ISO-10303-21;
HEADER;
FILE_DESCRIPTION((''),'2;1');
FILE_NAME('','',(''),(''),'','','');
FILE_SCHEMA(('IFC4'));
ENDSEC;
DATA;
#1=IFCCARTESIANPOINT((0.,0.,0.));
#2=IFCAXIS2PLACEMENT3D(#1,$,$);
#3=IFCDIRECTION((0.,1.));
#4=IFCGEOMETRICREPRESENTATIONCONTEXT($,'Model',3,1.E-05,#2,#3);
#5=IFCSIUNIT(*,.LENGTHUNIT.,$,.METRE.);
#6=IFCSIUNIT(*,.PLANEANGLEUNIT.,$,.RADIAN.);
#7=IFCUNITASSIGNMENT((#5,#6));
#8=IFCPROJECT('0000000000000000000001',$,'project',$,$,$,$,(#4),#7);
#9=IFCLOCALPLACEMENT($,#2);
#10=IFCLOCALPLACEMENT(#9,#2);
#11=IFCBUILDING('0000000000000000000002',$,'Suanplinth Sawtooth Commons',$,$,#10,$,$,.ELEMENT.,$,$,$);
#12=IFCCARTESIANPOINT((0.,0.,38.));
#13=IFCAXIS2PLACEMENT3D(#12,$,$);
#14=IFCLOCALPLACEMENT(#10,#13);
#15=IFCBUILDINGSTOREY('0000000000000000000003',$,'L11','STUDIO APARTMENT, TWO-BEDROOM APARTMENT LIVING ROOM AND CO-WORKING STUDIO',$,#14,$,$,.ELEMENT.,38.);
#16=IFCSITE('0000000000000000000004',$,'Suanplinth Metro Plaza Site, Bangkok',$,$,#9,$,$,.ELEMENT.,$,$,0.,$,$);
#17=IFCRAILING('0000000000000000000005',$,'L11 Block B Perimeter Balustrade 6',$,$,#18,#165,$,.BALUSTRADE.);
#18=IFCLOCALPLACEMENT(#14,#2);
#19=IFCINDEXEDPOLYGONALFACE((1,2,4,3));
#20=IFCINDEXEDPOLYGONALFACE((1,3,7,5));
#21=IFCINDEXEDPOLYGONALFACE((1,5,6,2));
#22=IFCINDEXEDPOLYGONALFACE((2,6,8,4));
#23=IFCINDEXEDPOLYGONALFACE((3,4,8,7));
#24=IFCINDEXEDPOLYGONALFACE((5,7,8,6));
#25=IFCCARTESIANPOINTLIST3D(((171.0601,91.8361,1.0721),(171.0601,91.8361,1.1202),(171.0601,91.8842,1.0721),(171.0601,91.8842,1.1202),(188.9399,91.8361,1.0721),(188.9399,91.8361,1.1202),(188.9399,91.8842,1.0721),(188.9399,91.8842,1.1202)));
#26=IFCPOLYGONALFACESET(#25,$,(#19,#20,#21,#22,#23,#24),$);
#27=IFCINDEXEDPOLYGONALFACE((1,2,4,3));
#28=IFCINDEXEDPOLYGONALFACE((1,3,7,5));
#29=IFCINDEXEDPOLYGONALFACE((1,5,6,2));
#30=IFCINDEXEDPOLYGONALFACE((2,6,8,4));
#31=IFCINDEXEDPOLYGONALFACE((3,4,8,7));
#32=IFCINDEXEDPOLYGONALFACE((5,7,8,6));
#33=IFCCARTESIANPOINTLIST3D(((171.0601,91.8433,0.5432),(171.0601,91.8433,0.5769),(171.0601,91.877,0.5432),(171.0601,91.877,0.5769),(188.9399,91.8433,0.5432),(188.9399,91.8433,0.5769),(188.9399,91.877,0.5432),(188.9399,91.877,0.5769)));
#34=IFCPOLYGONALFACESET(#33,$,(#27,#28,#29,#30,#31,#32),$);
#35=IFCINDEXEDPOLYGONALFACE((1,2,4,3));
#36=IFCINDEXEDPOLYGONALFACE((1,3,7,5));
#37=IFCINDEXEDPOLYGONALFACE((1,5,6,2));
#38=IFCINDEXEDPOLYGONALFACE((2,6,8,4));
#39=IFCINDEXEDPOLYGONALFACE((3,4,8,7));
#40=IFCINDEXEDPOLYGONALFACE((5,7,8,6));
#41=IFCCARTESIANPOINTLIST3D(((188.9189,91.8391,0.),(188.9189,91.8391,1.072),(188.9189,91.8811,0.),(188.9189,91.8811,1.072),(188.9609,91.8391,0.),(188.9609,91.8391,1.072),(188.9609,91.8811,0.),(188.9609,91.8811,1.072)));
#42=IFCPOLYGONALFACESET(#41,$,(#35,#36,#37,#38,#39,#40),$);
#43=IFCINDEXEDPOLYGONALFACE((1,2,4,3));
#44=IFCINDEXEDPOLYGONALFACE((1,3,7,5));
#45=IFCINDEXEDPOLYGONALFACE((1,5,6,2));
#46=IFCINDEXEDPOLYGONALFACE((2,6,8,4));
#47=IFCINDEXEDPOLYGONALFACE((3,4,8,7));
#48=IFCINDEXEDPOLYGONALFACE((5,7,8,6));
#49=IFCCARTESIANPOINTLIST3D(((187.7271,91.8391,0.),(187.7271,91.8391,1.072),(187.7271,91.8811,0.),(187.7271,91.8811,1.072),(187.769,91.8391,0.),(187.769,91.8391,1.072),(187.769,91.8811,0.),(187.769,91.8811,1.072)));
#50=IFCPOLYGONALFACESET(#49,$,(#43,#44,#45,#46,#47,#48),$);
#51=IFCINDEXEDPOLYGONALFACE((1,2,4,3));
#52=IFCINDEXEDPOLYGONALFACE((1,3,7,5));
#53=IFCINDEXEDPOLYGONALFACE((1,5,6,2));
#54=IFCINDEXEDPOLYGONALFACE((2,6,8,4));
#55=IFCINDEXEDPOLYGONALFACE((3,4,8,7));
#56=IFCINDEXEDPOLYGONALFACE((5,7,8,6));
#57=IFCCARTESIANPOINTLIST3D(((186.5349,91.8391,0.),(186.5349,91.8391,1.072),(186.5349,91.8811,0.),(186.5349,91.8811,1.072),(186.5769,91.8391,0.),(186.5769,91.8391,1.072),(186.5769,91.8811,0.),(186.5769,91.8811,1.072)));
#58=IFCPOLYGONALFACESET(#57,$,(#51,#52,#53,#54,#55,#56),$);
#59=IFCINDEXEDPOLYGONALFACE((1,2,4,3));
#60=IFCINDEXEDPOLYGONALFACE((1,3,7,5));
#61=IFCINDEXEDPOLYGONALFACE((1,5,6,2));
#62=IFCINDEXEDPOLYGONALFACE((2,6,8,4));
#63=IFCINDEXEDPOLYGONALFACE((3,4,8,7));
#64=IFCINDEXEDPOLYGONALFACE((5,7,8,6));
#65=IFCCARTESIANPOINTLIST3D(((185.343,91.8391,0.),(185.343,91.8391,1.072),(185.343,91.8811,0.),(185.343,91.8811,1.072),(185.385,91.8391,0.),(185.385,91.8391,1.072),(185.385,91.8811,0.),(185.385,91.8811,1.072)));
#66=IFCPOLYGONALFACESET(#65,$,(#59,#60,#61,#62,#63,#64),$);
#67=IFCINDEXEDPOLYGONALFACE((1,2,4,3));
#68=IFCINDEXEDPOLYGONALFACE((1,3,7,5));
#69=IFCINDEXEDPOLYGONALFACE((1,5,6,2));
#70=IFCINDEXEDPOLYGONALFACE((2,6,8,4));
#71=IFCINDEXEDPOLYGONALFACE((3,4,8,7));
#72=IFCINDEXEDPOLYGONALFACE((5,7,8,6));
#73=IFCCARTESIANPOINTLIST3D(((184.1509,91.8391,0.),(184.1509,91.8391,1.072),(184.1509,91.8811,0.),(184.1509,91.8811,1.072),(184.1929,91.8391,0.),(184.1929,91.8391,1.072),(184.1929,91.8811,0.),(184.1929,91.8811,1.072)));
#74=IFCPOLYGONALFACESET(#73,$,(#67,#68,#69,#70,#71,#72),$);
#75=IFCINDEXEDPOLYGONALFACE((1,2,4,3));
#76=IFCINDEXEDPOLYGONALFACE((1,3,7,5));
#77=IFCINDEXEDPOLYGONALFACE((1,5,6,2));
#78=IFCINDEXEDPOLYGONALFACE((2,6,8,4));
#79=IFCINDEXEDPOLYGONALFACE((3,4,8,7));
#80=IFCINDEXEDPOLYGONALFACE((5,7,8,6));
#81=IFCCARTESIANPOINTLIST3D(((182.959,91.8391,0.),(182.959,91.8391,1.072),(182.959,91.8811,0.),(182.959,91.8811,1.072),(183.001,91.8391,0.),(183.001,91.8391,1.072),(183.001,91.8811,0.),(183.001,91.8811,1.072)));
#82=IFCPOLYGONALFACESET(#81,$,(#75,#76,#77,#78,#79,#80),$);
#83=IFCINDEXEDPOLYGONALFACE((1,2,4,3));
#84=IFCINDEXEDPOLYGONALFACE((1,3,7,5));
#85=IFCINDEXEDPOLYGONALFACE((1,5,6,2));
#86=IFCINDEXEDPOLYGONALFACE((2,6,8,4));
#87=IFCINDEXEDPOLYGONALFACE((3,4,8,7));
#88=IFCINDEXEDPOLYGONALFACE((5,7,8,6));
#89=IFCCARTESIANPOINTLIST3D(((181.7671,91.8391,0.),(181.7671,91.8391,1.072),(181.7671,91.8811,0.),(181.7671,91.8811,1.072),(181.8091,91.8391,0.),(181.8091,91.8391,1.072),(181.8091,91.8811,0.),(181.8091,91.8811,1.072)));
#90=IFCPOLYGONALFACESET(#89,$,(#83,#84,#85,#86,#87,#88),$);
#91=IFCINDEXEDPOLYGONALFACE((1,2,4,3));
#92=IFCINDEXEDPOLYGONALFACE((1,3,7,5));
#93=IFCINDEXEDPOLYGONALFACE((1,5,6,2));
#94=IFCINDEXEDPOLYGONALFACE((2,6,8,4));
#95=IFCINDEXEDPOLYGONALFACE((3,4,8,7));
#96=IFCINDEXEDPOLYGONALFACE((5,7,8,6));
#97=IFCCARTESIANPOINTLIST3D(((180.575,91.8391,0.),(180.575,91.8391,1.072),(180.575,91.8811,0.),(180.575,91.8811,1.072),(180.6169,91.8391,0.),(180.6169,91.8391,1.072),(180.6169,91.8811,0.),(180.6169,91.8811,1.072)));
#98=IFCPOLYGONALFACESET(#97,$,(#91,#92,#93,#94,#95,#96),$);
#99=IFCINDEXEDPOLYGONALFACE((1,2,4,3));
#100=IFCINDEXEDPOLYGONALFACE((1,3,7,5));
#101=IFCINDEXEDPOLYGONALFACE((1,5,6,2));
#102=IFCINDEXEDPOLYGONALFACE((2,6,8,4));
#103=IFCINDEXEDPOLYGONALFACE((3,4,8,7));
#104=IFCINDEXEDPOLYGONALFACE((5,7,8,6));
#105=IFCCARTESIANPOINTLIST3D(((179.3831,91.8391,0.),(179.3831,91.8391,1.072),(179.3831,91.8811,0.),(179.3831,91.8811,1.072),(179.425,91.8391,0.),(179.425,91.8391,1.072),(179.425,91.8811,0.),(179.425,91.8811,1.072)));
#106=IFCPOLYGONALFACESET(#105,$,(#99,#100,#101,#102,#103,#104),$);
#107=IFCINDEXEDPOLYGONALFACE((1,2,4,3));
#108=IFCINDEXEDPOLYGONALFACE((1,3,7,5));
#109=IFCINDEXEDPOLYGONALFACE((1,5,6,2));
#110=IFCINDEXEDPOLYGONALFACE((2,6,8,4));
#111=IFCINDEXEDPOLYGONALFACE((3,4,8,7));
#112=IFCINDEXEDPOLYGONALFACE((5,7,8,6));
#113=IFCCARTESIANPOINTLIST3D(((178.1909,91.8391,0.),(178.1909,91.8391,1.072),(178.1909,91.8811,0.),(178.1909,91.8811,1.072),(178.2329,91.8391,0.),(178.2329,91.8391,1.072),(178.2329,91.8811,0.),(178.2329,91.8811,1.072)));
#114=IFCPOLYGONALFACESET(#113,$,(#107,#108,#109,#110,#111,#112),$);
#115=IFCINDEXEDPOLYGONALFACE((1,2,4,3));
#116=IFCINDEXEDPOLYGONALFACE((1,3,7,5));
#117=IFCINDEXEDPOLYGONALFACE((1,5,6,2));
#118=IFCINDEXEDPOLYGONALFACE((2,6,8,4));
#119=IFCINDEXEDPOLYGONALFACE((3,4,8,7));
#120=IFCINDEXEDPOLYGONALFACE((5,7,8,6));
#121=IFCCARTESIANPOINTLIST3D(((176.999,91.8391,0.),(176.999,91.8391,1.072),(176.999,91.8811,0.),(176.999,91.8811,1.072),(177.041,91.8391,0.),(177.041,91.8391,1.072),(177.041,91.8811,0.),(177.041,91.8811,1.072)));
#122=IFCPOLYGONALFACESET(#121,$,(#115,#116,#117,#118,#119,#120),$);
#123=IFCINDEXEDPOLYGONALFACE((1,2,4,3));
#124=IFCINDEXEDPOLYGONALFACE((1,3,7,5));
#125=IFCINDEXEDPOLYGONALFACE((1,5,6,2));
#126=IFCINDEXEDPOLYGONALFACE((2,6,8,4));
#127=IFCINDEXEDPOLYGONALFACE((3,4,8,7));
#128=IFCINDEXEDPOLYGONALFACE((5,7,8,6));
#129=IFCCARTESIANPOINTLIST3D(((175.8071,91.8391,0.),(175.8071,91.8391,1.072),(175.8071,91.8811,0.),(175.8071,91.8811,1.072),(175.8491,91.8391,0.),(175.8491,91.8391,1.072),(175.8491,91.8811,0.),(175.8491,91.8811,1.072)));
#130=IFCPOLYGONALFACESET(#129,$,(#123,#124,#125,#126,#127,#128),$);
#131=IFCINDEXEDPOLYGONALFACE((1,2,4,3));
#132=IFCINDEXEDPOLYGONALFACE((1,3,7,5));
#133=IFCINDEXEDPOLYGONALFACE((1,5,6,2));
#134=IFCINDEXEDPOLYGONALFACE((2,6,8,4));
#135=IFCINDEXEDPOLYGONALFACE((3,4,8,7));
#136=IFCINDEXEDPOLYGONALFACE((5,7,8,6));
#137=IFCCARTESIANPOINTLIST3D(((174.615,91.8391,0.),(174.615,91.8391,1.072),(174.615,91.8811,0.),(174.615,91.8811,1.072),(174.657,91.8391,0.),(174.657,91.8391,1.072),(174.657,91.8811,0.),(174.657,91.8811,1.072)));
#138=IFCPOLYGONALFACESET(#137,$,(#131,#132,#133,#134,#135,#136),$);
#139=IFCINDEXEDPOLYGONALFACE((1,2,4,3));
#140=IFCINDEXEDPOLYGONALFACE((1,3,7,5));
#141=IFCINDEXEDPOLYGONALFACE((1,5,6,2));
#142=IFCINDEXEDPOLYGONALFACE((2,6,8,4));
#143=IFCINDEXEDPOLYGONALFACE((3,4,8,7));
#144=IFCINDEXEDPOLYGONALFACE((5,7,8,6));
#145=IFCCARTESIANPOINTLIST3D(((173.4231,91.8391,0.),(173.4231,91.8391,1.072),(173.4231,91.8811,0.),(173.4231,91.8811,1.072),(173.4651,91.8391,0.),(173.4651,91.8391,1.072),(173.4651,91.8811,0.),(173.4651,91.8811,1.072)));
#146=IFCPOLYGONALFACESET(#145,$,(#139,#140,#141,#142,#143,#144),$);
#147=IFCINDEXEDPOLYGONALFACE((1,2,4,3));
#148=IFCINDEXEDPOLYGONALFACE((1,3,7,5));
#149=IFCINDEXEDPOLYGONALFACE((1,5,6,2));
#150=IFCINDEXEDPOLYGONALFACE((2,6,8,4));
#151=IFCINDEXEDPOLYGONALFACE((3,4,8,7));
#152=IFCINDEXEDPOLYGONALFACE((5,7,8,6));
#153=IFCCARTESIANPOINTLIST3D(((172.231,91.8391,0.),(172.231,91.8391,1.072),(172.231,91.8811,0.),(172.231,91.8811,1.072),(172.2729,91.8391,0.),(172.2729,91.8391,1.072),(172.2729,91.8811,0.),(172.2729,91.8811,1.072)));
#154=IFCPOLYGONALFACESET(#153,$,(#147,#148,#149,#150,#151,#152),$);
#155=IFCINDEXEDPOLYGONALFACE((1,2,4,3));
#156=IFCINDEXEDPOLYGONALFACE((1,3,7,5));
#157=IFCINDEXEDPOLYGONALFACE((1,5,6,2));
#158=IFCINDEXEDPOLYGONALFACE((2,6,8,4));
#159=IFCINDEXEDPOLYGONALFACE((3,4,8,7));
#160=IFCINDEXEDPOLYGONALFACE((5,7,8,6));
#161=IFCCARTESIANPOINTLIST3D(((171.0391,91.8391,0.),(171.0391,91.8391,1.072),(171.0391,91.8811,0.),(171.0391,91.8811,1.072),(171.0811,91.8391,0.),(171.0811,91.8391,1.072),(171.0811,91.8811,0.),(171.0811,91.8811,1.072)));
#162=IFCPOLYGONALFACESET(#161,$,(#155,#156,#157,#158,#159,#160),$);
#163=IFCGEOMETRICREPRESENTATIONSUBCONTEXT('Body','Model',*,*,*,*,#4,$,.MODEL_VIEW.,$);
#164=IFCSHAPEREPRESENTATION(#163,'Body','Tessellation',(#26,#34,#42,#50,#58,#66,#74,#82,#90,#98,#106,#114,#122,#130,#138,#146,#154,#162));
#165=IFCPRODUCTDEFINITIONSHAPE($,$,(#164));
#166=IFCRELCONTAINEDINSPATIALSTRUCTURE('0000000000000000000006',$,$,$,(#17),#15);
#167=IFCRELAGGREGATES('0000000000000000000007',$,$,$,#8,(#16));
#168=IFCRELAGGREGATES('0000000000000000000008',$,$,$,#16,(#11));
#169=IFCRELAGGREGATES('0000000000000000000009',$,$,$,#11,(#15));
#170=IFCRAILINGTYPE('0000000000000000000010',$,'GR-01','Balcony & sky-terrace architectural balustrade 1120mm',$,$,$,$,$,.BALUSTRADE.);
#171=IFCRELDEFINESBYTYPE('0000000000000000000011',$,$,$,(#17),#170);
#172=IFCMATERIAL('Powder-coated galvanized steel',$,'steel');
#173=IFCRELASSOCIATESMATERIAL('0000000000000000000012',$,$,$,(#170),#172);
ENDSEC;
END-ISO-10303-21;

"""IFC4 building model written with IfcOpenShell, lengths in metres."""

from ifc_helpers import new_model, si_unit, direction, frame, origin, origin_2d, place, context, subcontext, project, spatial, rectangle, extrude, material, type_object, element, save


model = new_model("IFC4")

# Units and contexts
model_context = context("Model", 3, precision=1e-05, world=origin(), true_north=direction((0.0, 1.0)))
body_context = subcontext(model_context, "Body", "Model", "MODEL_VIEW")
ifc_project = project(units=[si_unit("LENGTHUNIT", "METRE"), si_unit("PLANEANGLEUNIT", "RADIAN")], contexts=[model_context])

# Site, building, storey
site_placement = place(None, origin())
site = spatial("IfcSite", under=ifc_project, at=site_placement, Name="Suanplinth Metro Plaza Site, Bangkok", CompositionType="ELEMENT", RefElevation=0.0)
building_placement = place(site_placement, origin())
building = spatial("IfcBuilding", under=site, at=building_placement, Name="Suanplinth Sawtooth Commons", CompositionType="ELEMENT")
storey_placement = place(building_placement, frame((0.0, 0.0, 38.0)))
storey = spatial("IfcBuildingStorey", under=building, at=storey_placement, Name="L11", Description="STUDIO APARTMENT, TWO-BEDROOM APARTMENT LIVING ROOM AND CO-WORKING STUDIO", CompositionType="ELEMENT", Elevation=38.0)

# Railing
ifc_material_1 = material(Name="Powder-coated galvanized steel", Category="steel")
railing_type = type_object("IfcRailingType", Name="GR-01", Description="Balcony & sky-terrace architectural balustrade 1120mm", PredefinedType="BALUSTRADE", material=ifc_material_1)
railing_1_placement = place(storey_placement, frame((188.9399, 91.8601, 0.0)))
element("IfcRailing", 1, at=railing_1_placement, inside=storey, type_object=railing_type, Name="L11 Block B Perimeter Balustrade 6", PredefinedType="BALUSTRADE", context=body_context, shape_type="SweptSolid", body=[
    extrude(rectangle(XDim=0.0481, YDim=0.0481, at=origin_2d()), frame((0.0, 0.0, 1.0962), z_axis=(-1.0, 0.0, 0.0), x_axis=(0.0, -1.0, 0.0)), (0.0, 0.0, 1.0), 17.8799),
    extrude(rectangle(XDim=0.0337, YDim=0.0337, at=origin_2d()), frame((0.0, 0.0, 0.5601), z_axis=(-1.0, 0.0, 0.0), x_axis=(0.0, -1.0, 0.0)), (0.0, 0.0, 1.0), 17.8799),
    extrude(rectangle(XDim=0.042, YDim=0.042, at=origin_2d()), origin(), (0.0, 0.0, 1.0), 1.072),
    extrude(rectangle(XDim=0.042, YDim=0.042, at=origin_2d()), frame((-1.1919, 0.0, 0.0)), (0.0, 0.0, 1.0), 1.072),
    extrude(rectangle(XDim=0.042, YDim=0.042, at=origin_2d()), frame((-2.384, 0.0, 0.0)), (0.0, 0.0, 1.0), 1.072),
    extrude(rectangle(XDim=0.042, YDim=0.042, at=origin_2d()), frame((-3.5759, 0.0, 0.0)), (0.0, 0.0, 1.0), 1.072),
    extrude(rectangle(XDim=0.042, YDim=0.042, at=origin_2d()), frame((-4.7681, 0.0, 0.0)), (0.0, 0.0, 1.0), 1.072),
    extrude(rectangle(XDim=0.042, YDim=0.042, at=origin_2d()), frame((-5.96, 0.0, 0.0)), (0.0, 0.0, 1.0), 1.072),
    extrude(rectangle(XDim=0.042, YDim=0.042, at=origin_2d()), frame((-7.1519, 0.0, 0.0)), (0.0, 0.0, 1.0), 1.072),
    extrude(rectangle(XDim=0.042, YDim=0.042, at=origin_2d()), frame((-8.344, 0.0, 0.0)), (0.0, 0.0, 1.0), 1.072),
    extrude(rectangle(XDim=0.042, YDim=0.042, at=origin_2d()), frame((-9.5359, 0.0, 0.0)), (0.0, 0.0, 1.0), 1.072),
    extrude(rectangle(XDim=0.042, YDim=0.042, at=origin_2d()), frame((-10.728, 0.0, 0.0)), (0.0, 0.0, 1.0), 1.072),
    extrude(rectangle(XDim=0.042, YDim=0.042, at=origin_2d()), frame((-11.9199, 0.0, 0.0)), (0.0, 0.0, 1.0), 1.072),
    extrude(rectangle(XDim=0.042, YDim=0.042, at=origin_2d()), frame((-13.1118, 0.0, 0.0)), (0.0, 0.0, 1.0), 1.072),
    extrude(rectangle(XDim=0.042, YDim=0.042, at=origin_2d()), frame((-14.304, 0.0, 0.0)), (0.0, 0.0, 1.0), 1.072),
    extrude(rectangle(XDim=0.042, YDim=0.042, at=origin_2d()), frame((-15.4958, 0.0, 0.0)), (0.0, 0.0, 1.0), 1.072),
    extrude(rectangle(XDim=0.042, YDim=0.042, at=origin_2d()), frame((-16.688, 0.0, 0.0)), (0.0, 0.0, 1.0), 1.072),
    extrude(rectangle(XDim=0.042, YDim=0.042, at=origin_2d()), frame((-17.8799, 0.0, 0.0)), (0.0, 0.0, 1.0), 1.072),
])

save(model, "model.ifc")
